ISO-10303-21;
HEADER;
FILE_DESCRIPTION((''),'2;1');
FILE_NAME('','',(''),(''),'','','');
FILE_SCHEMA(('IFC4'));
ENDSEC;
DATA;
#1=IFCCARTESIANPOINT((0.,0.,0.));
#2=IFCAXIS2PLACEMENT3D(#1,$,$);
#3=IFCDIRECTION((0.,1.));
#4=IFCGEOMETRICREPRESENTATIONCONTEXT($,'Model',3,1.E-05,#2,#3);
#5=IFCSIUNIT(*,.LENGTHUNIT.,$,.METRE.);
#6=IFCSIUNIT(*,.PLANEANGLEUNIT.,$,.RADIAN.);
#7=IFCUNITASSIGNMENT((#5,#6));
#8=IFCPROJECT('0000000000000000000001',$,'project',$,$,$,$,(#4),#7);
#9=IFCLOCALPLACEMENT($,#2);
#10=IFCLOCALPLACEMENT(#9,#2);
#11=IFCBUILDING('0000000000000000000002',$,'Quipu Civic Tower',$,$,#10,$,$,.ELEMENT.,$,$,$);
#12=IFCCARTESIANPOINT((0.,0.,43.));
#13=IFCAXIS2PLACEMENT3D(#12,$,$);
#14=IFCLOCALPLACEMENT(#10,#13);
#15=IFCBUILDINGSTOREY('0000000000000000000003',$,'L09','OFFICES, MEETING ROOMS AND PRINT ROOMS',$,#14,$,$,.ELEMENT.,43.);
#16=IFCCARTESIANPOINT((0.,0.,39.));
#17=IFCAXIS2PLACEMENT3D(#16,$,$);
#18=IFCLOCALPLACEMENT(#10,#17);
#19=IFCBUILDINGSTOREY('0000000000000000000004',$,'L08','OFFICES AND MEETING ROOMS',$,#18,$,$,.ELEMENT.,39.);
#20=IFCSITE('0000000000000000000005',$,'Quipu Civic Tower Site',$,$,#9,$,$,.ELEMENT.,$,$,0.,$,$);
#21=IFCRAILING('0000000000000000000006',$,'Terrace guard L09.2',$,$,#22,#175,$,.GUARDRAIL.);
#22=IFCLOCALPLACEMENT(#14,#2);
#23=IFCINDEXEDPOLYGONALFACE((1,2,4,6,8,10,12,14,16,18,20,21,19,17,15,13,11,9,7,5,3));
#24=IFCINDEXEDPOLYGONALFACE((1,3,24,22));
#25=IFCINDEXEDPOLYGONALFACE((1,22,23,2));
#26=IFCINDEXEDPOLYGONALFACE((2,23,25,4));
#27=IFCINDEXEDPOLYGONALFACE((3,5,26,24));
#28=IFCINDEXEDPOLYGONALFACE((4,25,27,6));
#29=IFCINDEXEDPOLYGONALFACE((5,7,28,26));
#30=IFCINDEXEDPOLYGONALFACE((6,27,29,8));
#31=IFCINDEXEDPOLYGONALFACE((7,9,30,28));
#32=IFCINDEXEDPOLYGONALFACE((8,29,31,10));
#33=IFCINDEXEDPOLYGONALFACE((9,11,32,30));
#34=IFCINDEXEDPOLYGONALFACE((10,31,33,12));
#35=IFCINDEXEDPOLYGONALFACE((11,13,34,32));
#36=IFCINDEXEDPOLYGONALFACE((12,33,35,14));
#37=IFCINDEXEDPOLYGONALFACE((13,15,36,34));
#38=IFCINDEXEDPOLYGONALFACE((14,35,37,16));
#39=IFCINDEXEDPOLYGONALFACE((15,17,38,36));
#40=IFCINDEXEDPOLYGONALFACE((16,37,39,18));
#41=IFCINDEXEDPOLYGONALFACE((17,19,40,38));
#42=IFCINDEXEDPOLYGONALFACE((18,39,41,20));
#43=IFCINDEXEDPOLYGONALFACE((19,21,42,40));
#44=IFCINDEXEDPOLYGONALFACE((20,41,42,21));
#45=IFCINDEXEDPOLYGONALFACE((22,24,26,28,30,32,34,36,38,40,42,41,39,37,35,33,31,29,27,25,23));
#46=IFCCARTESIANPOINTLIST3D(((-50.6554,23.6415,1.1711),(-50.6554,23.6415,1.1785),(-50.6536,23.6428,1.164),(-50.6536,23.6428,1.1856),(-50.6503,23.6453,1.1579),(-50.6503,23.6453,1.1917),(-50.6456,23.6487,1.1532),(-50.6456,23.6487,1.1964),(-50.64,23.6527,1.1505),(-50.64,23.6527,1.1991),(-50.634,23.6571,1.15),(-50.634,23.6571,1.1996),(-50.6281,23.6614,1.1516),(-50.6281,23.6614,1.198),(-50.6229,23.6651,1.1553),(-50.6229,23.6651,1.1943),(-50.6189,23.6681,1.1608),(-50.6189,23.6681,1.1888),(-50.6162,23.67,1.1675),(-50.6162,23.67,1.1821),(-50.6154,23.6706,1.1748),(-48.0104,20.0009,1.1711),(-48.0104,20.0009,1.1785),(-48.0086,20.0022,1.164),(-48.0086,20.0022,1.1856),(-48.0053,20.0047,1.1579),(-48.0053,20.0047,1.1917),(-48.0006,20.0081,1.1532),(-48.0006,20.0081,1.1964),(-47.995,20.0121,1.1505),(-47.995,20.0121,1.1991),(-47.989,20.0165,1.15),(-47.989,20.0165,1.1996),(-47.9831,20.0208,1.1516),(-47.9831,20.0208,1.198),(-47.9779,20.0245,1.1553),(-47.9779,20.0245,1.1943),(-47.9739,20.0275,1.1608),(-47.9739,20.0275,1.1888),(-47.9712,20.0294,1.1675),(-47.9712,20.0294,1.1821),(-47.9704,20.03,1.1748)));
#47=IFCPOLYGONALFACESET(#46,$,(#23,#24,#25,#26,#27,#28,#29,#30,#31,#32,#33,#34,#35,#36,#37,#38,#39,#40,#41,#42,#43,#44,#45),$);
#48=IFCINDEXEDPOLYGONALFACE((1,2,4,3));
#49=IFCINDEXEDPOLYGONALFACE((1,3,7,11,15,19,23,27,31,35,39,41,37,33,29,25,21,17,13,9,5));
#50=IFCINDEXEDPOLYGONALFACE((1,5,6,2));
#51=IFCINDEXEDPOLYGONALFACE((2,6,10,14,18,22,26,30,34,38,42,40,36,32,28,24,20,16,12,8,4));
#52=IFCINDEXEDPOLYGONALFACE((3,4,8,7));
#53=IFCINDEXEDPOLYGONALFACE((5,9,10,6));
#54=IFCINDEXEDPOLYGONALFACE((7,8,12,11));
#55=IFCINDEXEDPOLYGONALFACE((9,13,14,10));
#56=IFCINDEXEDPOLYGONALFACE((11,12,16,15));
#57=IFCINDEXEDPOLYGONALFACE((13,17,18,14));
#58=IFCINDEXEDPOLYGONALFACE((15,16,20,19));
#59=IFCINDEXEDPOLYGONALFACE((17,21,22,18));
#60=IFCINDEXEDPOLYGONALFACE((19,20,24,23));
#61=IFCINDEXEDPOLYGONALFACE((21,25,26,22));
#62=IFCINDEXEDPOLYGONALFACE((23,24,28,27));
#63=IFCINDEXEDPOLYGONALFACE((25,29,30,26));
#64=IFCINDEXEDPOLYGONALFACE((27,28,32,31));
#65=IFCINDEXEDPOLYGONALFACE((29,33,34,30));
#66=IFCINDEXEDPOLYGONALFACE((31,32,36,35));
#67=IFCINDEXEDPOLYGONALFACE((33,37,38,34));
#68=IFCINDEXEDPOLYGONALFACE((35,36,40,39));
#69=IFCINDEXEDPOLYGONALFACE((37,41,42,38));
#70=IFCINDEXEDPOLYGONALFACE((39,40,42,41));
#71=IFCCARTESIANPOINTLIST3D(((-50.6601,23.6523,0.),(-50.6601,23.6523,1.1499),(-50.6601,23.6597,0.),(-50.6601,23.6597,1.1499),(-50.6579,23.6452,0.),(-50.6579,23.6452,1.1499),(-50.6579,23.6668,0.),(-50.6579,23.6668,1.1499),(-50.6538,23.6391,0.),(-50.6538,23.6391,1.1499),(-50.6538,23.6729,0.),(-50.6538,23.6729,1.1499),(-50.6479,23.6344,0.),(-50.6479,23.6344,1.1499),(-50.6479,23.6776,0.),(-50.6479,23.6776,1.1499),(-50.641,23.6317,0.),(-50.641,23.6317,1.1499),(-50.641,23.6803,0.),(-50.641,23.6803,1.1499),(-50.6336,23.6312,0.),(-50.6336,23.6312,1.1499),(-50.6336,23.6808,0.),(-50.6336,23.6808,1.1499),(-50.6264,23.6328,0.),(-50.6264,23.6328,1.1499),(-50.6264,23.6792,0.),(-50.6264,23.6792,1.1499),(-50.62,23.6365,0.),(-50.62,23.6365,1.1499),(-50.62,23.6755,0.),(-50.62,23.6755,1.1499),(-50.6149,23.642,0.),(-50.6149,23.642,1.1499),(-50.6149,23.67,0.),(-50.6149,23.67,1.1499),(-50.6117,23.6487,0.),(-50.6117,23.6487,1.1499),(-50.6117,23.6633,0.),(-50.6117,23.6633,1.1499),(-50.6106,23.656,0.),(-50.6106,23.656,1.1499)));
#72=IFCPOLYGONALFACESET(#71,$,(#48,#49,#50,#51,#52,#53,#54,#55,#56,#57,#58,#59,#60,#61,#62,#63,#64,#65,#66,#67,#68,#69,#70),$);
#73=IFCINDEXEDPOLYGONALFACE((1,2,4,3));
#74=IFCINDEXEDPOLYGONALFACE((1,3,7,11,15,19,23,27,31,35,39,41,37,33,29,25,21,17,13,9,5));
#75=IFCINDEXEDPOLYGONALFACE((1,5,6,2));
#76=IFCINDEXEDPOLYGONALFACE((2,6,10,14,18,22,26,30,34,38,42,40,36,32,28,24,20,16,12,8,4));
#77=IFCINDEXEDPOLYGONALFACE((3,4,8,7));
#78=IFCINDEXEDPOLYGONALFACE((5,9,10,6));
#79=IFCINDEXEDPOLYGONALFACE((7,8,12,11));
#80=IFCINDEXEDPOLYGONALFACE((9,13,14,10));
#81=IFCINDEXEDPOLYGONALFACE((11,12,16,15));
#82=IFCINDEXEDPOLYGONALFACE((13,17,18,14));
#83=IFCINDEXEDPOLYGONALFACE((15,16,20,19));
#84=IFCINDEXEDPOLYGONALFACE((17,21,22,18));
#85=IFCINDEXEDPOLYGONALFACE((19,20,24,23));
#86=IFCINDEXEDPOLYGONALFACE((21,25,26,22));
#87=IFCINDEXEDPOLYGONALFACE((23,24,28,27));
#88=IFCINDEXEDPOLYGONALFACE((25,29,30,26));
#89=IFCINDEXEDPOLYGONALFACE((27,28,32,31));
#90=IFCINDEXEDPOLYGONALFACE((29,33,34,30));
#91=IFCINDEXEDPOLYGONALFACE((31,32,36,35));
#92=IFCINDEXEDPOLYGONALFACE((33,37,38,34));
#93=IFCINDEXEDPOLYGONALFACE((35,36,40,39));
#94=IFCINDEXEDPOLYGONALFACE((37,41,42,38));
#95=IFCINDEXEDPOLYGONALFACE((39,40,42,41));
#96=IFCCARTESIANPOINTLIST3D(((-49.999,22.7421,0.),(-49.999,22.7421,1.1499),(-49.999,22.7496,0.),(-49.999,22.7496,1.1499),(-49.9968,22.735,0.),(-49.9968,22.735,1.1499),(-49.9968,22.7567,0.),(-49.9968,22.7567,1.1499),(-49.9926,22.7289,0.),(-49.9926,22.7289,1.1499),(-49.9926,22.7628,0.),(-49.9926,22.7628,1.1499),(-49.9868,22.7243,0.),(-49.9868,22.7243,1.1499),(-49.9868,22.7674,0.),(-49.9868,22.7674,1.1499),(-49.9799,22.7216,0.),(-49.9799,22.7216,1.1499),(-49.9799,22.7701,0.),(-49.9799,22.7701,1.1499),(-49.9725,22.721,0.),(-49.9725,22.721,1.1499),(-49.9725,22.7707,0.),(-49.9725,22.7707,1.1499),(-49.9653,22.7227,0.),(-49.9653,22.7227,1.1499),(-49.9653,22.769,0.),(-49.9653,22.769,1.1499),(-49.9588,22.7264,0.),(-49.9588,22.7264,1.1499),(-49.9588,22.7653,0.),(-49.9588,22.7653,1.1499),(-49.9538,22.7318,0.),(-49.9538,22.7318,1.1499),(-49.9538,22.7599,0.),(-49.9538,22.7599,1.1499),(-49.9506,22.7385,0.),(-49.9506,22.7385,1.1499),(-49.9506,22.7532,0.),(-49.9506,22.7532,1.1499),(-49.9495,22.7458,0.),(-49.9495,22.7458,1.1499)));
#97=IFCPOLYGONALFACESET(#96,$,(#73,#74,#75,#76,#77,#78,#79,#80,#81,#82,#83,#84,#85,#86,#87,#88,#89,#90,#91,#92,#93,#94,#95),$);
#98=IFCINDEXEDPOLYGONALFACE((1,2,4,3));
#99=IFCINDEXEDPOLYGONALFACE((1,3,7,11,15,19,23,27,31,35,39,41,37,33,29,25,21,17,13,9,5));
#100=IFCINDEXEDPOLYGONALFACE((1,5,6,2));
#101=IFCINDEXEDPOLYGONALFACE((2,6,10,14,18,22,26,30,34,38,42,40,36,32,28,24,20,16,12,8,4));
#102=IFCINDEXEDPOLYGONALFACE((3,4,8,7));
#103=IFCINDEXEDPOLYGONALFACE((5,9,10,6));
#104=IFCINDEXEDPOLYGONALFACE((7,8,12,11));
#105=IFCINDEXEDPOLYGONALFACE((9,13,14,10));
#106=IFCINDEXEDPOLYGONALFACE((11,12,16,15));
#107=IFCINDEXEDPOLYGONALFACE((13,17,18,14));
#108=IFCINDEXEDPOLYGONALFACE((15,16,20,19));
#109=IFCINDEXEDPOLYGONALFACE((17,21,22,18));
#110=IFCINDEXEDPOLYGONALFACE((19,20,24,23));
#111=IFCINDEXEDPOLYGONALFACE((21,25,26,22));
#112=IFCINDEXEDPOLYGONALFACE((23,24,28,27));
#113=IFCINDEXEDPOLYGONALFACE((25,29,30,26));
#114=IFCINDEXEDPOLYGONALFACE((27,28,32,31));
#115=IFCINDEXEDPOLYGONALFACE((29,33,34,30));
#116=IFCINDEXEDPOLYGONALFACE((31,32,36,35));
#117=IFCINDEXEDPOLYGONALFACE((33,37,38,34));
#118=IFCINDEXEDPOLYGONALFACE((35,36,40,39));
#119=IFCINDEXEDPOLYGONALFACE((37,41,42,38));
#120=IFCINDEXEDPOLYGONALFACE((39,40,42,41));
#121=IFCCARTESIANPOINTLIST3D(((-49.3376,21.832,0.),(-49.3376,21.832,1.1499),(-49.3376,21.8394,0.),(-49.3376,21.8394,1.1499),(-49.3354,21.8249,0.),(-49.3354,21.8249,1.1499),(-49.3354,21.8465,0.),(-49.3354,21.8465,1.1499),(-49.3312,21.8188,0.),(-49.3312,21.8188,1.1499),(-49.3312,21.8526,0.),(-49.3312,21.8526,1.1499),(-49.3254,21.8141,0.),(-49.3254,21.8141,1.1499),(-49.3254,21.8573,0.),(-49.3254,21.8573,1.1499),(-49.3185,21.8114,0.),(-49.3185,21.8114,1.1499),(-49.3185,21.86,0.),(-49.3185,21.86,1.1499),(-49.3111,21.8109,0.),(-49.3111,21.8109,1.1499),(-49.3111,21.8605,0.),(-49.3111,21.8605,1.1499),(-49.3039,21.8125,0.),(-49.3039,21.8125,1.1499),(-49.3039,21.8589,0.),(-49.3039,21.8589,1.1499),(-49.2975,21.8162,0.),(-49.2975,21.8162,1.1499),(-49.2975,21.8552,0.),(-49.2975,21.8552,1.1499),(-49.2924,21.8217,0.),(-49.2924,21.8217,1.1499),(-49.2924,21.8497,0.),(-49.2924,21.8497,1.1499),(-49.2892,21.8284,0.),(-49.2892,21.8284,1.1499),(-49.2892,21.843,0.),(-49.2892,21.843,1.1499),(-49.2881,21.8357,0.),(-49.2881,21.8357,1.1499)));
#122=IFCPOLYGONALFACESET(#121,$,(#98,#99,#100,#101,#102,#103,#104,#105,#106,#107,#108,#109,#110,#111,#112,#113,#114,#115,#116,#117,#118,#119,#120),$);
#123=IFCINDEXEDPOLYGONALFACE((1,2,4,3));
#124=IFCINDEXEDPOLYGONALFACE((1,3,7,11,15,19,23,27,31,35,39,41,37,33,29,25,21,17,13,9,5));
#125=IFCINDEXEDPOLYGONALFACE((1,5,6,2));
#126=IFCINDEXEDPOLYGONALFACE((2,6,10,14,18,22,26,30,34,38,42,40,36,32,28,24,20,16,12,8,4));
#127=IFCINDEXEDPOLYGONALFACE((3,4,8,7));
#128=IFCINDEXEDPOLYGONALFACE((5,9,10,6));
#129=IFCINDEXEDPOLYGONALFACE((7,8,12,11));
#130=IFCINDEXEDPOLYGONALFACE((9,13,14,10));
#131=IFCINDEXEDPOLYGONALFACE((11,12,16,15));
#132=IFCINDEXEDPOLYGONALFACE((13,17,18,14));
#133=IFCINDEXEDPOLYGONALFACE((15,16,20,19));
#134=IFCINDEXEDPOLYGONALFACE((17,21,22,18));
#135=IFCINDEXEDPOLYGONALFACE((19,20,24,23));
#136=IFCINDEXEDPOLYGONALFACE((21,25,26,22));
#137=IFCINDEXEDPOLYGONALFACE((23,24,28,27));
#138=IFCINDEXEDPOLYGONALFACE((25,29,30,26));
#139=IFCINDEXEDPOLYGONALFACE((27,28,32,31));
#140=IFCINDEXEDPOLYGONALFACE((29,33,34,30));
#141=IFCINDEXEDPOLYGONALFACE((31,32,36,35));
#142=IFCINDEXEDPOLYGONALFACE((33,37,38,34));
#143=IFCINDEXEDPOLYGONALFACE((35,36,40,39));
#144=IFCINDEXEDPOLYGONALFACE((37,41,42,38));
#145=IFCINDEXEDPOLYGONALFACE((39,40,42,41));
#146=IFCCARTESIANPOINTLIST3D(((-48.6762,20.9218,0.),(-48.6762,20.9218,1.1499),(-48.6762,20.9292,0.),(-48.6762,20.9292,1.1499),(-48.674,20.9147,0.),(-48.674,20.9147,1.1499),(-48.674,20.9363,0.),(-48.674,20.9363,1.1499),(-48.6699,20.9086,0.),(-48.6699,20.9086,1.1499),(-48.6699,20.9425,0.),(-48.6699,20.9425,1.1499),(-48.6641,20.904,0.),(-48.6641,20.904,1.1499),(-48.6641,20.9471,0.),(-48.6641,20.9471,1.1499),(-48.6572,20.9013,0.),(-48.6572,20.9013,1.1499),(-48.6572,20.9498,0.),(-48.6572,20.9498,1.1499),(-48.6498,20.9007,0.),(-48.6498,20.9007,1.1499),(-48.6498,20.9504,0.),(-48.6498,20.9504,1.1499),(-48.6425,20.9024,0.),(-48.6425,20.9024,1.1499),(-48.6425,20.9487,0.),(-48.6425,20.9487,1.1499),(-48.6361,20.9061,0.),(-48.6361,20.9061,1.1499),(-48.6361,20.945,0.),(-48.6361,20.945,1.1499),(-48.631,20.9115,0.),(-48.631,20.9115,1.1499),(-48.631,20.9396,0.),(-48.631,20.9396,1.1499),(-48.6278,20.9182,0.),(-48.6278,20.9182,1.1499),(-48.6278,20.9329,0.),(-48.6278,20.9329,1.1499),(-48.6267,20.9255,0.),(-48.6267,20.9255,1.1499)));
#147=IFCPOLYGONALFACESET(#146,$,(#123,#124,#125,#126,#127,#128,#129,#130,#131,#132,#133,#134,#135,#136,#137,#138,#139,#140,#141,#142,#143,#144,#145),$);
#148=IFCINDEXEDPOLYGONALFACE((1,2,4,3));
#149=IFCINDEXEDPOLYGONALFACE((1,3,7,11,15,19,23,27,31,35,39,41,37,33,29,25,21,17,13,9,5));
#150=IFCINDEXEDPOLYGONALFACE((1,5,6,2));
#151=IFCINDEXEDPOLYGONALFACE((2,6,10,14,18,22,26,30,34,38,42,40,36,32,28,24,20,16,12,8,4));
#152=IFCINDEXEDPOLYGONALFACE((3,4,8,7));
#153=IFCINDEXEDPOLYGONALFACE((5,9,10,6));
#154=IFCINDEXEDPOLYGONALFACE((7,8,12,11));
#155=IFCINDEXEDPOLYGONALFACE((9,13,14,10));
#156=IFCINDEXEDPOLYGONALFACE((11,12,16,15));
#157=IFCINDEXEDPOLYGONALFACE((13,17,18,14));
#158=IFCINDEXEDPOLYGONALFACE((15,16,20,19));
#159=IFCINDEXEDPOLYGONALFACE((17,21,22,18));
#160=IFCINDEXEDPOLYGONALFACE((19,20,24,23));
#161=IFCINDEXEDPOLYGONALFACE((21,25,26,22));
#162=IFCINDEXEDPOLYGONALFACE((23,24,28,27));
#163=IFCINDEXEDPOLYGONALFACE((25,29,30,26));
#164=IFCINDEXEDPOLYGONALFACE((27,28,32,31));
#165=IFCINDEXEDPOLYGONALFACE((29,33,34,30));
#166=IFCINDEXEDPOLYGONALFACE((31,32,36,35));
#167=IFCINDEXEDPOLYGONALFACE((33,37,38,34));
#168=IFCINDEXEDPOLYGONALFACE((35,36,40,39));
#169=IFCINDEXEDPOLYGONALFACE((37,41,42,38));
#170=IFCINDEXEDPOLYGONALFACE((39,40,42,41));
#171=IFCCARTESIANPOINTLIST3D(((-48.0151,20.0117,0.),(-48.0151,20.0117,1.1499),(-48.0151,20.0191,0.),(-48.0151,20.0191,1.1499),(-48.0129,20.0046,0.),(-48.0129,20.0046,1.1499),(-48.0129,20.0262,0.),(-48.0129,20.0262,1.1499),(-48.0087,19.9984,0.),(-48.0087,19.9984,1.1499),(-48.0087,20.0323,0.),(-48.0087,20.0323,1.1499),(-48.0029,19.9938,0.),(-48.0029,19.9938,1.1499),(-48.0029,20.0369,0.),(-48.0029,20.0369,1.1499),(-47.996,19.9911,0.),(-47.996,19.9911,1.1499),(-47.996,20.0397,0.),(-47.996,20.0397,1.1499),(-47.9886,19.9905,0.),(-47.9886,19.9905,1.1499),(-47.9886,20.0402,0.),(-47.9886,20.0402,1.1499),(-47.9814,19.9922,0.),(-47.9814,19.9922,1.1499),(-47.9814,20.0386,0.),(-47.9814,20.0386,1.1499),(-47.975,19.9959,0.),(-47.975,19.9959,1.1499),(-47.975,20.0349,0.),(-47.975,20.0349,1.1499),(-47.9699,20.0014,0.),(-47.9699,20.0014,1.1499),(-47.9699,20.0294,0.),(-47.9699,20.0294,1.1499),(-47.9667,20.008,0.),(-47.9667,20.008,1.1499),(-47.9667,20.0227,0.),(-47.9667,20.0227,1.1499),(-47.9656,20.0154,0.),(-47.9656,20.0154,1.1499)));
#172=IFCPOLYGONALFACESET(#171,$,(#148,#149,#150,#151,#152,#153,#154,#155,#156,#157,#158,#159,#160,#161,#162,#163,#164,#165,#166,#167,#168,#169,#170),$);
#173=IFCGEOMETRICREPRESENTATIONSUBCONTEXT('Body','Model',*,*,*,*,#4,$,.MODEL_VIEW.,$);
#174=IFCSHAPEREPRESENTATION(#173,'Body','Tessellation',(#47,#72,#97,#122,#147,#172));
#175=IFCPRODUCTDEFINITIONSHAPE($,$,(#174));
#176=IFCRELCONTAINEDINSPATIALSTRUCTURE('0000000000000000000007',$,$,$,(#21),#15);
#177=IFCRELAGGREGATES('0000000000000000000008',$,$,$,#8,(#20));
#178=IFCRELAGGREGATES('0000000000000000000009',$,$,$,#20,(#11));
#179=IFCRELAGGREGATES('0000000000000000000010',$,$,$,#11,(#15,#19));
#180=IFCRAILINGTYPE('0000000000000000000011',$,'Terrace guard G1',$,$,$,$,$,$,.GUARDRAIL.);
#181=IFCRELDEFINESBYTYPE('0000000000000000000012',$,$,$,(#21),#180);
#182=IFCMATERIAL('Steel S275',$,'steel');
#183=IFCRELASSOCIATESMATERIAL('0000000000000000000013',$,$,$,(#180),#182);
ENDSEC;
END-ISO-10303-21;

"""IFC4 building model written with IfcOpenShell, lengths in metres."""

from ifc_helpers import new_model, si_unit, direction, frame, origin, origin_2d, place, context, subcontext, project, spatial, circle, extrude, material, type_object, element, save


model = new_model("IFC4")

# Units and contexts
model_context = context("Model", 3, precision=1e-05, world=origin(), true_north=direction((0.0, 1.0)))
body_context = subcontext(model_context, "Body", "Model", "MODEL_VIEW")
ifc_project = project(units=[si_unit("LENGTHUNIT", "METRE"), si_unit("PLANEANGLEUNIT", "RADIAN")], contexts=[model_context])

# Site, building, storey
site_placement = place(None, origin())
site = spatial("IfcSite", under=ifc_project, at=site_placement, Name="Quipu Civic Tower Site", CompositionType="ELEMENT", RefElevation=0.0)
building_placement = place(site_placement, origin())
building = spatial("IfcBuilding", under=site, at=building_placement, Name="Quipu Civic Tower", CompositionType="ELEMENT")
storey_1_placement = place(building_placement, frame((0.0, 0.0, 43.0)))
storey_1 = spatial("IfcBuildingStorey", under=building, at=storey_1_placement, Name="L09", Description="OFFICES, MEETING ROOMS AND PRINT ROOMS", CompositionType="ELEMENT", Elevation=43.0)

# Shared definitions
storey_2_placement = place(building_placement, frame((0.0, 0.0, 39.0)))
storey_2 = spatial("IfcBuildingStorey", under=building, at=storey_2_placement, Name="L08", Description="OFFICES AND MEETING ROOMS", CompositionType="ELEMENT", Elevation=39.0)

# Railing
ifc_material_1 = material(Name="Steel S275", Category="steel")
railing_type = type_object("IfcRailingType", Name="Terrace guard G1", PredefinedType="GUARDRAIL", material=ifc_material_1)
for number, where, name in (
    (1, (-50.6355, 23.656, 0.0), "Terrace guard L09.2"),
):
    element("IfcRailing", number, at=place(storey_1_placement, frame(where)), inside=storey_1, type_object=railing_type, Name=name, PredefinedType="GUARDRAIL", context=body_context, shape_type="SweptSolid", body=[
        extrude(circle(Radius=0.0249, at=origin_2d()), frame((0.0, 0.0, 1.1748), z_axis=(0.587778, -0.809022, 0.0), x_axis=(0.809022, 0.587778, 0.0)), (0.0, 0.0, 1.0), 4.5),
        extrude(circle(Radius=0.0249, at=origin_2d()), origin(), (0.0, 0.0, 1.0), 1.1499),
        extrude(circle(Radius=0.0249, at=origin_2d()), frame((0.6611, -0.9102, 0.0)), (0.0, 0.0, 1.0), 1.1499),
        extrude(circle(Radius=0.0249, at=origin_2d()), frame((1.3225, -1.8203, 0.0)), (0.0, 0.0, 1.0), 1.1499),
        extrude(circle(Radius=0.0249, at=origin_2d()), frame((1.9839, -2.7305, 0.0)), (0.0, 0.0, 1.0), 1.1499),
        extrude(circle(Radius=0.0249, at=origin_2d()), frame((2.645, -3.6406, 0.0)), (0.0, 0.0, 1.0), 1.1499),
    ])

save(model, "model.ifc")
